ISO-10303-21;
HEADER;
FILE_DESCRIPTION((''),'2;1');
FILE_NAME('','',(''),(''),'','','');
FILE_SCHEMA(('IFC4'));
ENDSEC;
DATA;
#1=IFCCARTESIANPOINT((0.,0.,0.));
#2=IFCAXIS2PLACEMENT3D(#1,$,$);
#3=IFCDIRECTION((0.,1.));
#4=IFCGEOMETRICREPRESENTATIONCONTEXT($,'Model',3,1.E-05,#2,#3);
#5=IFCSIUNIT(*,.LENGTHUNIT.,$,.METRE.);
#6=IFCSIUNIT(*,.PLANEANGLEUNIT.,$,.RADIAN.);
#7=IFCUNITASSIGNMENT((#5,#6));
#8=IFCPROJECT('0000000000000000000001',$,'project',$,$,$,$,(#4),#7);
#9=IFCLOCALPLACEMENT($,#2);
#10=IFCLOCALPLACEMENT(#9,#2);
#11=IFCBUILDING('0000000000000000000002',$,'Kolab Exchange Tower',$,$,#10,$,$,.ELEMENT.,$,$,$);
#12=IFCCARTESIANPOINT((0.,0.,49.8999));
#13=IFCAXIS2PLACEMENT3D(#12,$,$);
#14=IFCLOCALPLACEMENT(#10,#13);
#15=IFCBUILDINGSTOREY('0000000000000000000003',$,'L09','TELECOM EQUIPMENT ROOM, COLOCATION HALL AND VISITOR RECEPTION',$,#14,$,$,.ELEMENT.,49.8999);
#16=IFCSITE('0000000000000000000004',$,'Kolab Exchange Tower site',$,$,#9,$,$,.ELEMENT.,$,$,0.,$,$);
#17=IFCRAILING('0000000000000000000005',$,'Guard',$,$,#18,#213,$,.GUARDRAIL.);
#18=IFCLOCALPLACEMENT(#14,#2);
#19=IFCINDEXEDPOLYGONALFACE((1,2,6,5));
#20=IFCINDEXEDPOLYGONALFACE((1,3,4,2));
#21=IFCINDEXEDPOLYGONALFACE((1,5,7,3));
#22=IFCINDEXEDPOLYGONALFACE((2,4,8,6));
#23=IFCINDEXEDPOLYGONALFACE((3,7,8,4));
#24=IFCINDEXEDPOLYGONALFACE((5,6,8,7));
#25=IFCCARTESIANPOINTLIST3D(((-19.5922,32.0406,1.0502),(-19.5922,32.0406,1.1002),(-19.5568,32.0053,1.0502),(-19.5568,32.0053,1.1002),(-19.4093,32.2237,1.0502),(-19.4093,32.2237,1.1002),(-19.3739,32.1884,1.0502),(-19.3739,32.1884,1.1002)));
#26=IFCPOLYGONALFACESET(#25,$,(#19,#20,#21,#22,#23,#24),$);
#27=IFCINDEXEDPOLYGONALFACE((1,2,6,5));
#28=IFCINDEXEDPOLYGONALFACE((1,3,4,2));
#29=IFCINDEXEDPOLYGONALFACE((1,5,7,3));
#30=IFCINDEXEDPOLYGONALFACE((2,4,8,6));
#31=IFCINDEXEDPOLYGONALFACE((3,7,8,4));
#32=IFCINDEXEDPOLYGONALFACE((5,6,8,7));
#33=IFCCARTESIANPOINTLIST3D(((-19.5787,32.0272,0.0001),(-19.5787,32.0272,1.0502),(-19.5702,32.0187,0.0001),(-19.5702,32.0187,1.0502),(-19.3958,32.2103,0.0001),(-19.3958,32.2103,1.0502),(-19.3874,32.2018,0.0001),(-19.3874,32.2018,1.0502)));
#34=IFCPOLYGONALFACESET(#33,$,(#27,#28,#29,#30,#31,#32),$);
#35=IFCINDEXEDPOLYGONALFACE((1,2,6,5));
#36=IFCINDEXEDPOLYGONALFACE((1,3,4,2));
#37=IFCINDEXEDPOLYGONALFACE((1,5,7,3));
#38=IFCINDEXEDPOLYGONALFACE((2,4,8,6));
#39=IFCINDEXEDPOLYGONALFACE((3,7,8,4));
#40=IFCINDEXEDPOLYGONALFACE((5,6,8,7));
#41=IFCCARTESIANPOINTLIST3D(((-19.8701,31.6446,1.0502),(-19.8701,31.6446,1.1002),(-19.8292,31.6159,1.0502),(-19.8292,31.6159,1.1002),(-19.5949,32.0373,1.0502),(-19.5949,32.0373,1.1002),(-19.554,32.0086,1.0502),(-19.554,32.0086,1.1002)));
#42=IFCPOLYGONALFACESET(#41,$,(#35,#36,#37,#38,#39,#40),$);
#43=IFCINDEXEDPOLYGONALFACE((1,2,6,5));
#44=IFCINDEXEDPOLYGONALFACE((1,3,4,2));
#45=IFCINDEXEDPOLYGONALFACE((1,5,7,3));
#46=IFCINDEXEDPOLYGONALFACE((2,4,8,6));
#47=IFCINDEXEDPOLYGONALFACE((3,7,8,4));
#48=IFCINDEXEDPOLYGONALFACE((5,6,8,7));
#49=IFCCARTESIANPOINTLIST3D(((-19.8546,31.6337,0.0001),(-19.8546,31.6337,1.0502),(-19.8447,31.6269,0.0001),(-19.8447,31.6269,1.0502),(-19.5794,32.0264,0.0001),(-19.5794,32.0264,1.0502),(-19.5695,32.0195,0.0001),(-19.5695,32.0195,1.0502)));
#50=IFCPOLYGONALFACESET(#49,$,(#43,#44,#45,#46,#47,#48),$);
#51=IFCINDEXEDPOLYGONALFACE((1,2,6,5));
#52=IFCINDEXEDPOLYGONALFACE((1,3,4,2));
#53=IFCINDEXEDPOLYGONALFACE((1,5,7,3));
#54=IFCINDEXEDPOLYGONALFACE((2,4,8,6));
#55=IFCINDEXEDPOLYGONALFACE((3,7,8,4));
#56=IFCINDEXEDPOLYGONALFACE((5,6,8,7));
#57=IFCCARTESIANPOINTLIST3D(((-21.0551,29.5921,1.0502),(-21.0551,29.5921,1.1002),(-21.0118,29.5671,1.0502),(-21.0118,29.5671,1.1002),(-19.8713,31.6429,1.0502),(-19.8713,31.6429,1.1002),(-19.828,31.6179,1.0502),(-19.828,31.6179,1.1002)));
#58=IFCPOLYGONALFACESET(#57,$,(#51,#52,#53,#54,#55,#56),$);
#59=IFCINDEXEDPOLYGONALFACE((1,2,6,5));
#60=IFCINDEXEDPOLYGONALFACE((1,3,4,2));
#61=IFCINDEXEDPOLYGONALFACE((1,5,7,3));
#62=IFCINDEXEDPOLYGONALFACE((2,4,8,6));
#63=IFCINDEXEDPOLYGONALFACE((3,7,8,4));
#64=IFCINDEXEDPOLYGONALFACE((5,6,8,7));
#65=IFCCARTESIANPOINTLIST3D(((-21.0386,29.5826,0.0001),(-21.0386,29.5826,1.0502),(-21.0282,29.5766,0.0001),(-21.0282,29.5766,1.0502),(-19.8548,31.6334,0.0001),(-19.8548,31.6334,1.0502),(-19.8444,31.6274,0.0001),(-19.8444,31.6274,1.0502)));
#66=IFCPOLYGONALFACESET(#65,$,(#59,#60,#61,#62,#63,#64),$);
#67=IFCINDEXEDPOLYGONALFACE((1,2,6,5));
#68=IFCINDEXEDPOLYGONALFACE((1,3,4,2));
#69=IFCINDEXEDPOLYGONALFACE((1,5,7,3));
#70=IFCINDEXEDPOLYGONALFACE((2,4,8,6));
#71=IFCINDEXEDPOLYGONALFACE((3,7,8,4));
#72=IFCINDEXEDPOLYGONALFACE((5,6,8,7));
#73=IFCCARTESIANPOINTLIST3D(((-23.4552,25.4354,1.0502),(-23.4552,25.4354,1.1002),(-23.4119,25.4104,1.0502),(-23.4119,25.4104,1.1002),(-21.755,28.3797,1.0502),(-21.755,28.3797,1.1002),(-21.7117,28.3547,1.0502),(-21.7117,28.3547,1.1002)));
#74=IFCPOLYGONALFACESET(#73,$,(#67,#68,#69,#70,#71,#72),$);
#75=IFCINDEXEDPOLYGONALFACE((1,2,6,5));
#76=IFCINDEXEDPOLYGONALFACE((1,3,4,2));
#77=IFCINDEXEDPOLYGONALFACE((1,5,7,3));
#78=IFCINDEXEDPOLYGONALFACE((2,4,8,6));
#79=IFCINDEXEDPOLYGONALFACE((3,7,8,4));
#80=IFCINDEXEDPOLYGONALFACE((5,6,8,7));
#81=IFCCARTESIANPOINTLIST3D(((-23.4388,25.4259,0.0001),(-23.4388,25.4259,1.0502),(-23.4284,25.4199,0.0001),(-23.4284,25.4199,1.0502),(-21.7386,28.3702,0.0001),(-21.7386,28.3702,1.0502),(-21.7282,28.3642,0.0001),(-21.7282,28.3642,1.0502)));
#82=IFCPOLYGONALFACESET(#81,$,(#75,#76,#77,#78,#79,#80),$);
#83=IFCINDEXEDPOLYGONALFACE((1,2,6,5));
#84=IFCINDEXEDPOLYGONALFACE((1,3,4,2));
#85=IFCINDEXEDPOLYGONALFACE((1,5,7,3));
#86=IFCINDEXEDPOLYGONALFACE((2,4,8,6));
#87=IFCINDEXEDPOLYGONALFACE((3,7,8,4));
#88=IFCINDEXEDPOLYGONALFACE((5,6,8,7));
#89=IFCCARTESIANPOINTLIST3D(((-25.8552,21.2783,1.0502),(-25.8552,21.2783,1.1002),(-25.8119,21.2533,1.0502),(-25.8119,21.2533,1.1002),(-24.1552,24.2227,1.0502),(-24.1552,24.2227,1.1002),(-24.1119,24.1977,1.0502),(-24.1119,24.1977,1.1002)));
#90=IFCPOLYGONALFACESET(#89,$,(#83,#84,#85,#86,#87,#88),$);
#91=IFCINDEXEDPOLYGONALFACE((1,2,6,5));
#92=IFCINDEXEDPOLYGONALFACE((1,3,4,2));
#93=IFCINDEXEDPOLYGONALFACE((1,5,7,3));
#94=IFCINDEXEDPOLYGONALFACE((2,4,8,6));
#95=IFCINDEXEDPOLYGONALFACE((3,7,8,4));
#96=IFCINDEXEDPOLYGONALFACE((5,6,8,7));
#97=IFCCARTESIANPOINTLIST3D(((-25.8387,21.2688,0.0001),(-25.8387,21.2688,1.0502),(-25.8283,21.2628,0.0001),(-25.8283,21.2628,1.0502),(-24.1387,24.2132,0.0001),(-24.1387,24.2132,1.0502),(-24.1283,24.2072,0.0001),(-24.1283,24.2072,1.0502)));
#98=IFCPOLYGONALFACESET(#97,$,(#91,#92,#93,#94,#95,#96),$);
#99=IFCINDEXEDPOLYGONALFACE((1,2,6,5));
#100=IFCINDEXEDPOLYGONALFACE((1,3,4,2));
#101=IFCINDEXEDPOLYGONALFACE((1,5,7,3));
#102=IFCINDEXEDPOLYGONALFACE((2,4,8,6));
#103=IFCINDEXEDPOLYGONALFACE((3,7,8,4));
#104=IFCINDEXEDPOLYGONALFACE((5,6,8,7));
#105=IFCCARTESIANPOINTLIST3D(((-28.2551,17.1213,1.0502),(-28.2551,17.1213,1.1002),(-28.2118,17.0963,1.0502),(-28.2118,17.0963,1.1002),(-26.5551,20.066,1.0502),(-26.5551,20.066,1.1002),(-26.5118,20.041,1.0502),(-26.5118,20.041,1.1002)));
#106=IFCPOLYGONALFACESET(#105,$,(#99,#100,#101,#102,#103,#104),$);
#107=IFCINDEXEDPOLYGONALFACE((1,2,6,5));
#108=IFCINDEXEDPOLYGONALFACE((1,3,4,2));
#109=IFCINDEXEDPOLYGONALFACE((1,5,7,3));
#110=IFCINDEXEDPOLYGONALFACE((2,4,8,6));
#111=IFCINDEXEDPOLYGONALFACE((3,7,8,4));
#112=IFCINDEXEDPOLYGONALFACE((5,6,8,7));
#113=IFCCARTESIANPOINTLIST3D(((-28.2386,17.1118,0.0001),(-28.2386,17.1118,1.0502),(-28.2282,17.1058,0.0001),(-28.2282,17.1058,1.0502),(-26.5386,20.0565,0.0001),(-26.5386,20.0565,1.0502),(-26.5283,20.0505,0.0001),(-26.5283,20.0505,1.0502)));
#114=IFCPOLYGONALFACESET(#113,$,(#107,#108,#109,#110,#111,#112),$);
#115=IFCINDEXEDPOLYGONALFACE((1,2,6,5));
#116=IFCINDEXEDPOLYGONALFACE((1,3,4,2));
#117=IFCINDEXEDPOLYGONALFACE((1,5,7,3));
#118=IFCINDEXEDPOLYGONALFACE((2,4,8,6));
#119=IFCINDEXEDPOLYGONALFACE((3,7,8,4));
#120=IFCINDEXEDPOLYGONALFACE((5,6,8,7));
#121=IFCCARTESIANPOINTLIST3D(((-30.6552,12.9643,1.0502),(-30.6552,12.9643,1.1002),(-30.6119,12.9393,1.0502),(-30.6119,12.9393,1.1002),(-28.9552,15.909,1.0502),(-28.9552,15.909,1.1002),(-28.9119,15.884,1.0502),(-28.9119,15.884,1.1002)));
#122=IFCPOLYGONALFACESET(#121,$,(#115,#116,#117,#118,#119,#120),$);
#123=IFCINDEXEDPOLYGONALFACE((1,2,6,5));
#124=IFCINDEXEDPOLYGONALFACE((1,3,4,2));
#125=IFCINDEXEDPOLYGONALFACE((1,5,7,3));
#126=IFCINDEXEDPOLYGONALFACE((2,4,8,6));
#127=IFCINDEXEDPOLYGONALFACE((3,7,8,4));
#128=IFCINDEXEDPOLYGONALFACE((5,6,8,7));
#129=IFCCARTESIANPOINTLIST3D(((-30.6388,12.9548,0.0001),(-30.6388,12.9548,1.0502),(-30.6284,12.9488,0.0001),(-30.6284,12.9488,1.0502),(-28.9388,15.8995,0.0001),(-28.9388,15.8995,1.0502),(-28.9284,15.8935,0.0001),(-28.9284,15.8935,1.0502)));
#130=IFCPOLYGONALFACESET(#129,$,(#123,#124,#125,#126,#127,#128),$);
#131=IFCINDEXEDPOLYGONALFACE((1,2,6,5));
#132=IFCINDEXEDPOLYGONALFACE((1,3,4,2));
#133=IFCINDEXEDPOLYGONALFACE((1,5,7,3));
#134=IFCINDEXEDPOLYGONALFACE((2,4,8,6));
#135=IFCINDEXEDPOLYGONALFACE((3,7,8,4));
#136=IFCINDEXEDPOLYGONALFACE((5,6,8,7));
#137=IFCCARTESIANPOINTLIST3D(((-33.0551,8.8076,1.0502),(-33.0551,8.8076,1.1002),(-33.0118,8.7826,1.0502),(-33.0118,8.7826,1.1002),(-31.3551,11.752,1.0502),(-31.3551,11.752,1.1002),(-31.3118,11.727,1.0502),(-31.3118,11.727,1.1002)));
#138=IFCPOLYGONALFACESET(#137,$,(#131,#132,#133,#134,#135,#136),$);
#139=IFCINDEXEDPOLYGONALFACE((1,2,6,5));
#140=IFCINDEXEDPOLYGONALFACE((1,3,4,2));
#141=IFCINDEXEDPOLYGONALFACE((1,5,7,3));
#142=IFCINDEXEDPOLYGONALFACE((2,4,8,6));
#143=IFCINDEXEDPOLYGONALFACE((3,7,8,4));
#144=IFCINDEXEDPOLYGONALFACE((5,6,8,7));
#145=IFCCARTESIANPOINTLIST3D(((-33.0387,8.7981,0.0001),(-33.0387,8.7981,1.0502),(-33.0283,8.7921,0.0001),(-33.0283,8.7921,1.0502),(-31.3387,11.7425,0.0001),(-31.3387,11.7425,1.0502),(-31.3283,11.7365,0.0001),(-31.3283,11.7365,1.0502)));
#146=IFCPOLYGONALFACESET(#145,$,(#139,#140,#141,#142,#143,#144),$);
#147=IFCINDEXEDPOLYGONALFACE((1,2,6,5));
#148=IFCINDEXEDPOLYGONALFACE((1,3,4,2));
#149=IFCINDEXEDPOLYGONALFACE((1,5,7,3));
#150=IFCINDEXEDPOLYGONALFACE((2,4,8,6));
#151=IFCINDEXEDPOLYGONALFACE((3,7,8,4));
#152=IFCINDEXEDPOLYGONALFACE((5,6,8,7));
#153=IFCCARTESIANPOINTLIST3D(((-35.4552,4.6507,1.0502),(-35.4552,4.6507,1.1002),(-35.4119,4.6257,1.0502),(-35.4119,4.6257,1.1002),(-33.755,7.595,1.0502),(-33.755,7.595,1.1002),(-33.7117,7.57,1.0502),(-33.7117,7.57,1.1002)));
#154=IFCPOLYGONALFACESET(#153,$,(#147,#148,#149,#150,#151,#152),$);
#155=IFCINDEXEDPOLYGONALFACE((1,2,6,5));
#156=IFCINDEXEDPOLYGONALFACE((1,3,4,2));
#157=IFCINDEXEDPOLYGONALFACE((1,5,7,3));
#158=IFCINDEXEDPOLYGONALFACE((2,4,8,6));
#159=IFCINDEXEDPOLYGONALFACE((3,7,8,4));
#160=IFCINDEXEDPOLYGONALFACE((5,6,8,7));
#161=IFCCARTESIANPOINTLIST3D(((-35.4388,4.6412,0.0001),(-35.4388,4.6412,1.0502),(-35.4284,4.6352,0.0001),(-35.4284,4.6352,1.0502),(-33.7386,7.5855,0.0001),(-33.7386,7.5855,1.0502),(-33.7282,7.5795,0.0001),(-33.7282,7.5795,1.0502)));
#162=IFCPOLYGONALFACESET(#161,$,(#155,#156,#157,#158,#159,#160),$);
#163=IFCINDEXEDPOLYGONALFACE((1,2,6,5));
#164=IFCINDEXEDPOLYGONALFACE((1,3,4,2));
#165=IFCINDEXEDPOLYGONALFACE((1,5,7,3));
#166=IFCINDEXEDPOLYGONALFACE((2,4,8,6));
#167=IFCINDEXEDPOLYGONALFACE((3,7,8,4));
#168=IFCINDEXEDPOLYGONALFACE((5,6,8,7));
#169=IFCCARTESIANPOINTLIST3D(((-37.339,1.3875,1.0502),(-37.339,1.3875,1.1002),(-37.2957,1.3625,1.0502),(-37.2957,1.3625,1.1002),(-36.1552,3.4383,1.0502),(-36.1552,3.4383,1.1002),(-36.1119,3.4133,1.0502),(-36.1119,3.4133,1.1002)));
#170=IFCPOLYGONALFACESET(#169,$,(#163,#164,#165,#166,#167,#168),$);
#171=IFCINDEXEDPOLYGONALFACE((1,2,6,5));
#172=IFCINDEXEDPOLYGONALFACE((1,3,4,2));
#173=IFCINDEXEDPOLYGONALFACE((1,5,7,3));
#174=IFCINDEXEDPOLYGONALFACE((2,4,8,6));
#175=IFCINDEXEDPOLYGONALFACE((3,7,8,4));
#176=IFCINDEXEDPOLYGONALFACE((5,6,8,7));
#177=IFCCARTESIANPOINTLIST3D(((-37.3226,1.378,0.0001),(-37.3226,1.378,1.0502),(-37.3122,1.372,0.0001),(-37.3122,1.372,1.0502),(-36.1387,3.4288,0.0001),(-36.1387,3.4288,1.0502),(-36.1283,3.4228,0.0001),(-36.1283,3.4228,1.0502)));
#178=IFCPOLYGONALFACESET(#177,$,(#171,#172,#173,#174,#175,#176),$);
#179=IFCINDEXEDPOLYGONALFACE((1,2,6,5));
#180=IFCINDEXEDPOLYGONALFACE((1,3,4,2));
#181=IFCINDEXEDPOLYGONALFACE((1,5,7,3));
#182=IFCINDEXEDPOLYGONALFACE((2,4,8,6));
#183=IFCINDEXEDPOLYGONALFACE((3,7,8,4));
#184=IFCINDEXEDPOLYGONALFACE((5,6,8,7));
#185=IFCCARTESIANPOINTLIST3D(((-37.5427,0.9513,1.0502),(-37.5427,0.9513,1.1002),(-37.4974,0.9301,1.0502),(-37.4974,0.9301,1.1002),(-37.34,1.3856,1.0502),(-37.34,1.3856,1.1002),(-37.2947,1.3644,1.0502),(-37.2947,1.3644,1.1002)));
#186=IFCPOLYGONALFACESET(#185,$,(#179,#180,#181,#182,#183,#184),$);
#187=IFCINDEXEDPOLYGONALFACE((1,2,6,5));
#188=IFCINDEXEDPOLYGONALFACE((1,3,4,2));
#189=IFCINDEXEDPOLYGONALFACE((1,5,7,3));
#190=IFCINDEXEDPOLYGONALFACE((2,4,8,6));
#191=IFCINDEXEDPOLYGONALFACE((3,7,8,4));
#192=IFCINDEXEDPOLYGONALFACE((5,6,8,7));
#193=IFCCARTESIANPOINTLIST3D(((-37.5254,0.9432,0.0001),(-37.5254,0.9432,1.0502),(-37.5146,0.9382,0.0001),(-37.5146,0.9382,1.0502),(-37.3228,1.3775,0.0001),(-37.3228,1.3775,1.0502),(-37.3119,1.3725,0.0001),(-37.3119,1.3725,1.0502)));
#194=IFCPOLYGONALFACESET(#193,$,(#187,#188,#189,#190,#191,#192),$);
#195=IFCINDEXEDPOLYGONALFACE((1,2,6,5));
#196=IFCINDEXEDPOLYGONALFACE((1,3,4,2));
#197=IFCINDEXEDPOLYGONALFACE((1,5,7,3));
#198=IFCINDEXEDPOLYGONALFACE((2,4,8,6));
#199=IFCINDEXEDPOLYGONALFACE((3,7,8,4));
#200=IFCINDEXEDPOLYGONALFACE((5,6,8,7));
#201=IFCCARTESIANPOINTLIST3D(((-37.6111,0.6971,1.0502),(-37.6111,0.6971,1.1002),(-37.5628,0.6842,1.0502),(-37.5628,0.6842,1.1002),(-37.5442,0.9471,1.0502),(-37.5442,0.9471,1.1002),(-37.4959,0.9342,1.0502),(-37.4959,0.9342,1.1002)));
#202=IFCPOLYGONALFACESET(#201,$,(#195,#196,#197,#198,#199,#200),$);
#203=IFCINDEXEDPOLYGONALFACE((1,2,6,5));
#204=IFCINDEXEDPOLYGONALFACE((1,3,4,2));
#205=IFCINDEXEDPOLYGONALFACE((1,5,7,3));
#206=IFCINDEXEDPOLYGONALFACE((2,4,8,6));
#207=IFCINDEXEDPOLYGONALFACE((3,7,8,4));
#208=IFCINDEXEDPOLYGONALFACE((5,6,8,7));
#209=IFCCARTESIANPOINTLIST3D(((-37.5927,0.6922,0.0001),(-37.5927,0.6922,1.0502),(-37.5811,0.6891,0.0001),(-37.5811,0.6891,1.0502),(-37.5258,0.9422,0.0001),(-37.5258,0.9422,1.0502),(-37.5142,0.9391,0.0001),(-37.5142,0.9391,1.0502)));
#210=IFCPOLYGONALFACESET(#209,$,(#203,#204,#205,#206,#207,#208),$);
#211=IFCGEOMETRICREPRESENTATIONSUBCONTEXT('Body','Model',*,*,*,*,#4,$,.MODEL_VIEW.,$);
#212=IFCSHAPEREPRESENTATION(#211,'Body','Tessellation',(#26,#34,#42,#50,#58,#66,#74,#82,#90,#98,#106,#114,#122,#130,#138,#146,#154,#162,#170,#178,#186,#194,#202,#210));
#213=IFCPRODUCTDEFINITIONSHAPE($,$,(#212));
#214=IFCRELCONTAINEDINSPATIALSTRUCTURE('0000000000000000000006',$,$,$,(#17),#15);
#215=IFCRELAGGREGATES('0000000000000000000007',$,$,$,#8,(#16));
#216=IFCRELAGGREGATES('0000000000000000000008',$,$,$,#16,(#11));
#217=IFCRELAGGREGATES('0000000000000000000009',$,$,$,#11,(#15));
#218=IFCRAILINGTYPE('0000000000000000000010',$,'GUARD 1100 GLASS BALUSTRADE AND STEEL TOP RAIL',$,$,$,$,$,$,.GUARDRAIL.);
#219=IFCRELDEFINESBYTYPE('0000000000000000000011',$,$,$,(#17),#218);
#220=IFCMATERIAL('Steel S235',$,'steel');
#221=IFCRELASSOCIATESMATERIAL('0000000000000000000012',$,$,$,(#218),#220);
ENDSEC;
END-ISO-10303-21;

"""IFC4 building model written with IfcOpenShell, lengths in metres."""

from ifc_helpers import new_model, si_unit, direction, frame, frame_2d, origin, origin_2d, place, context, subcontext, project, spatial, rectangle, extrude, material, type_object, element, save


model = new_model("IFC4")

# Units and contexts
model_context = context("Model", 3, precision=1e-05, world=origin(), true_north=direction((0.0, 1.0)))
body_context = subcontext(model_context, "Body", "Model", "MODEL_VIEW")
ifc_project = project(units=[si_unit("LENGTHUNIT", "METRE"), si_unit("PLANEANGLEUNIT", "RADIAN")], contexts=[model_context])

# Site, building, storey
site_placement = place(None, origin())
site = spatial("IfcSite", under=ifc_project, at=site_placement, Name="Kolab Exchange Tower site", CompositionType="ELEMENT", RefElevation=0.0)
building_placement = place(site_placement, origin())
building = spatial("IfcBuilding", under=site, at=building_placement, Name="Kolab Exchange Tower", CompositionType="ELEMENT")
storey_placement = place(building_placement, frame((0.0, 0.0, 49.8999)))
storey = spatial("IfcBuildingStorey", under=building, at=storey_placement, Name="L09", Description="TELECOM EQUIPMENT ROOM, COLOCATION HALL AND VISITOR RECEPTION", CompositionType="ELEMENT", Elevation=49.8999)

# Railing
ifc_material_1 = material(Name="Steel S235", Category="steel")
railing_type = type_object("IfcRailingType", Name="GUARD 1100 GLASS BALUSTRADE AND STEEL TOP RAIL", PredefinedType="GUARDRAIL", material=ifc_material_1)
railing_placement = place(storey_placement, frame((-19.3916, 32.2061, 0.0)))
element("IfcRailing", 1, at=railing_placement, inside=storey, type_object=railing_type, Name="Guard", PredefinedType="GUARDRAIL", context=body_context, shape_type="SweptSolid", body=[
    extrude(rectangle(XDim=0.05, YDim=0.05, at=origin_2d()), frame((0.0, 0.0, 1.0752), z_axis=(-0.706635, -0.707578, 0.0), x_axis=(0.707578, -0.706635, 0.0)), (0.0, 0.0, 1.0), 0.2588),
    extrude(rectangle(XDim=0.012, YDim=1.0501, at=frame_2d((0.0, 0.5251))), frame((0.0, 0.0, 0.0), z_axis=(-0.706635, -0.707578, 0.0), x_axis=(0.707578, -0.706635, 0.0)), (0.0, 0.0, 1.0), 0.2588),
    extrude(rectangle(XDim=0.05, YDim=0.05, at=origin_2d()), frame((-0.1829, -0.1831, 1.0752), z_axis=(-0.573941, -0.818897, 0.0), x_axis=(0.818897, -0.573941, 0.0)), (0.0, 0.0, 1.0), 0.4795),
    extrude(rectangle(XDim=0.012, YDim=1.0501, at=frame_2d((0.0, 0.5251))), frame((-0.1829, -0.1831, 0.0), z_axis=(-0.573941, -0.818897, 0.0), x_axis=(0.818897, -0.573941, 0.0)), (0.0, 0.0, 1.0), 0.4795),
    extrude(rectangle(XDim=0.05, YDim=0.05, at=origin_2d()), frame((-0.458, -0.5757, 1.0752), z_axis=(-0.499943, -0.866059, 0.0), x_axis=(0.866059, -0.499943, 0.0)), (0.0, 0.0, 1.0), 2.3679),
    extrude(rectangle(XDim=0.012, YDim=1.0501, at=frame_2d((0.0, 0.5251))), frame((-0.458, -0.5757, 0.0), z_axis=(-0.499943, -0.866059, 0.0), x_axis=(0.866059, -0.499943, 0.0)), (0.0, 0.0, 1.0), 2.3679),
    extrude(rectangle(XDim=0.05, YDim=0.05, at=origin_2d()), frame((-2.3418, -3.8389, 1.0752), z_axis=(-0.500062, -0.865989, 0.0), x_axis=(0.865989, -0.500062, 0.0)), (0.0, 0.0, 1.0), 3.3999),
    extrude(rectangle(XDim=0.012, YDim=1.0501, at=frame_2d((0.0, 0.5251))), frame((-2.3418, -3.8389, 0.0), z_axis=(-0.500062, -0.865989, 0.0), x_axis=(0.865989, -0.500062, 0.0)), (0.0, 0.0, 1.0), 3.3999),
    extrude(rectangle(XDim=0.05, YDim=0.05, at=origin_2d()), frame((-4.7419, -7.9958, 1.0752), z_axis=(-0.500008, -0.866021, 0.0), x_axis=(0.866021, -0.500008, 0.0)), (0.0, 0.0, 1.0), 3.3999),
    extrude(rectangle(XDim=0.012, YDim=1.0501, at=frame_2d((0.0, 0.5251))), frame((-4.7419, -7.9958, 0.0), z_axis=(-0.500008, -0.866021, 0.0), x_axis=(0.866021, -0.500008, 0.0)), (0.0, 0.0, 1.0), 3.3999),
    extrude(rectangle(XDim=0.05, YDim=0.05, at=origin_2d()), frame((-7.1418, -12.1526, 1.0752), z_axis=(-0.499977, -0.866039, 0.0), x_axis=(0.866039, -0.499977, 0.0)), (0.0, 0.0, 1.0), 3.4001),
    extrude(rectangle(XDim=0.012, YDim=1.0501, at=frame_2d((0.0, 0.5251))), frame((-7.1418, -12.1526, 0.0), z_axis=(-0.499977, -0.866039, 0.0), x_axis=(0.866039, -0.499977, 0.0)), (0.0, 0.0, 1.0), 3.4001),
    extrude(rectangle(XDim=0.05, YDim=0.05, at=origin_2d()), frame((-9.542, -16.3096, 1.0752), z_axis=(-0.499977, -0.866039, 0.0), x_axis=(0.866039, -0.499977, 0.0)), (0.0, 0.0, 1.0), 3.4001),
    extrude(rectangle(XDim=0.012, YDim=1.0501, at=frame_2d((0.0, 0.5251))), frame((-9.542, -16.3096, 0.0), z_axis=(-0.499977, -0.866039, 0.0), x_axis=(0.866039, -0.499977, 0.0)), (0.0, 0.0, 1.0), 3.4001),
    extrude(rectangle(XDim=0.05, YDim=0.05, at=origin_2d()), frame((-11.9419, -20.4666, 1.0752), z_axis=(-0.500008, -0.866021, 0.0), x_axis=(0.866021, -0.500008, 0.0)), (0.0, 0.0, 1.0), 3.3999),
    extrude(rectangle(XDim=0.012, YDim=1.0501, at=frame_2d((0.0, 0.5251))), frame((-11.9419, -20.4666, 0.0), z_axis=(-0.500008, -0.866021, 0.0), x_axis=(0.866021, -0.500008, 0.0)), (0.0, 0.0, 1.0), 3.3999),
    extrude(rectangle(XDim=0.05, YDim=0.05, at=origin_2d()), frame((-14.3418, -24.6235, 1.0752), z_axis=(-0.500062, -0.865989, 0.0), x_axis=(0.865989, -0.500062, 0.0)), (0.0, 0.0, 1.0), 3.3999),
    extrude(rectangle(XDim=0.012, YDim=1.0501, at=frame_2d((0.0, 0.5251))), frame((-14.3418, -24.6235, 0.0), z_axis=(-0.500062, -0.865989, 0.0), x_axis=(0.865989, -0.500062, 0.0)), (0.0, 0.0, 1.0), 3.3999),
    extrude(rectangle(XDim=0.05, YDim=0.05, at=origin_2d()), frame((-16.7419, -28.7803, 1.0752), z_axis=(-0.499943, -0.866059, 0.0), x_axis=(0.866059, -0.499943, 0.0)), (0.0, 0.0, 1.0), 2.3679),
    extrude(rectangle(XDim=0.012, YDim=1.0501, at=frame_2d((0.0, 0.5251))), frame((-16.7419, -28.7803, 0.0), z_axis=(-0.499943, -0.866059, 0.0), x_axis=(0.866059, -0.499943, 0.0)), (0.0, 0.0, 1.0), 2.3679),
    extrude(rectangle(XDim=0.05, YDim=0.05, at=origin_2d()), frame((-17.9258, -30.8311, 1.0752), z_axis=(-0.422802, -0.906222, 0.0), x_axis=(0.906222, -0.422802, 0.0)), (0.0, 0.0, 1.0), 0.4792),
    extrude(rectangle(XDim=0.012, YDim=1.0501, at=frame_2d((0.0, 0.5251))), frame((-17.9258, -30.8311, 0.0), z_axis=(-0.422802, -0.906222, 0.0), x_axis=(0.906222, -0.422802, 0.0)), (0.0, 0.0, 1.0), 0.4792),
    extrude(rectangle(XDim=0.05, YDim=0.05, at=origin_2d()), frame((-18.1284, -31.2654, 1.0752), z_axis=(-0.258485, -0.966015, 0.0), x_axis=(0.966015, -0.258485, 0.0)), (0.0, 0.0, 1.0), 0.2588),
    extrude(rectangle(XDim=0.012, YDim=1.0501, at=frame_2d((0.0, 0.5251))), frame((-18.1284, -31.2654, 0.0), z_axis=(-0.258485, -0.966015, 0.0), x_axis=(0.966015, -0.258485, 0.0)), (0.0, 0.0, 1.0), 0.2588),
])

save(model, "model.ifc")
